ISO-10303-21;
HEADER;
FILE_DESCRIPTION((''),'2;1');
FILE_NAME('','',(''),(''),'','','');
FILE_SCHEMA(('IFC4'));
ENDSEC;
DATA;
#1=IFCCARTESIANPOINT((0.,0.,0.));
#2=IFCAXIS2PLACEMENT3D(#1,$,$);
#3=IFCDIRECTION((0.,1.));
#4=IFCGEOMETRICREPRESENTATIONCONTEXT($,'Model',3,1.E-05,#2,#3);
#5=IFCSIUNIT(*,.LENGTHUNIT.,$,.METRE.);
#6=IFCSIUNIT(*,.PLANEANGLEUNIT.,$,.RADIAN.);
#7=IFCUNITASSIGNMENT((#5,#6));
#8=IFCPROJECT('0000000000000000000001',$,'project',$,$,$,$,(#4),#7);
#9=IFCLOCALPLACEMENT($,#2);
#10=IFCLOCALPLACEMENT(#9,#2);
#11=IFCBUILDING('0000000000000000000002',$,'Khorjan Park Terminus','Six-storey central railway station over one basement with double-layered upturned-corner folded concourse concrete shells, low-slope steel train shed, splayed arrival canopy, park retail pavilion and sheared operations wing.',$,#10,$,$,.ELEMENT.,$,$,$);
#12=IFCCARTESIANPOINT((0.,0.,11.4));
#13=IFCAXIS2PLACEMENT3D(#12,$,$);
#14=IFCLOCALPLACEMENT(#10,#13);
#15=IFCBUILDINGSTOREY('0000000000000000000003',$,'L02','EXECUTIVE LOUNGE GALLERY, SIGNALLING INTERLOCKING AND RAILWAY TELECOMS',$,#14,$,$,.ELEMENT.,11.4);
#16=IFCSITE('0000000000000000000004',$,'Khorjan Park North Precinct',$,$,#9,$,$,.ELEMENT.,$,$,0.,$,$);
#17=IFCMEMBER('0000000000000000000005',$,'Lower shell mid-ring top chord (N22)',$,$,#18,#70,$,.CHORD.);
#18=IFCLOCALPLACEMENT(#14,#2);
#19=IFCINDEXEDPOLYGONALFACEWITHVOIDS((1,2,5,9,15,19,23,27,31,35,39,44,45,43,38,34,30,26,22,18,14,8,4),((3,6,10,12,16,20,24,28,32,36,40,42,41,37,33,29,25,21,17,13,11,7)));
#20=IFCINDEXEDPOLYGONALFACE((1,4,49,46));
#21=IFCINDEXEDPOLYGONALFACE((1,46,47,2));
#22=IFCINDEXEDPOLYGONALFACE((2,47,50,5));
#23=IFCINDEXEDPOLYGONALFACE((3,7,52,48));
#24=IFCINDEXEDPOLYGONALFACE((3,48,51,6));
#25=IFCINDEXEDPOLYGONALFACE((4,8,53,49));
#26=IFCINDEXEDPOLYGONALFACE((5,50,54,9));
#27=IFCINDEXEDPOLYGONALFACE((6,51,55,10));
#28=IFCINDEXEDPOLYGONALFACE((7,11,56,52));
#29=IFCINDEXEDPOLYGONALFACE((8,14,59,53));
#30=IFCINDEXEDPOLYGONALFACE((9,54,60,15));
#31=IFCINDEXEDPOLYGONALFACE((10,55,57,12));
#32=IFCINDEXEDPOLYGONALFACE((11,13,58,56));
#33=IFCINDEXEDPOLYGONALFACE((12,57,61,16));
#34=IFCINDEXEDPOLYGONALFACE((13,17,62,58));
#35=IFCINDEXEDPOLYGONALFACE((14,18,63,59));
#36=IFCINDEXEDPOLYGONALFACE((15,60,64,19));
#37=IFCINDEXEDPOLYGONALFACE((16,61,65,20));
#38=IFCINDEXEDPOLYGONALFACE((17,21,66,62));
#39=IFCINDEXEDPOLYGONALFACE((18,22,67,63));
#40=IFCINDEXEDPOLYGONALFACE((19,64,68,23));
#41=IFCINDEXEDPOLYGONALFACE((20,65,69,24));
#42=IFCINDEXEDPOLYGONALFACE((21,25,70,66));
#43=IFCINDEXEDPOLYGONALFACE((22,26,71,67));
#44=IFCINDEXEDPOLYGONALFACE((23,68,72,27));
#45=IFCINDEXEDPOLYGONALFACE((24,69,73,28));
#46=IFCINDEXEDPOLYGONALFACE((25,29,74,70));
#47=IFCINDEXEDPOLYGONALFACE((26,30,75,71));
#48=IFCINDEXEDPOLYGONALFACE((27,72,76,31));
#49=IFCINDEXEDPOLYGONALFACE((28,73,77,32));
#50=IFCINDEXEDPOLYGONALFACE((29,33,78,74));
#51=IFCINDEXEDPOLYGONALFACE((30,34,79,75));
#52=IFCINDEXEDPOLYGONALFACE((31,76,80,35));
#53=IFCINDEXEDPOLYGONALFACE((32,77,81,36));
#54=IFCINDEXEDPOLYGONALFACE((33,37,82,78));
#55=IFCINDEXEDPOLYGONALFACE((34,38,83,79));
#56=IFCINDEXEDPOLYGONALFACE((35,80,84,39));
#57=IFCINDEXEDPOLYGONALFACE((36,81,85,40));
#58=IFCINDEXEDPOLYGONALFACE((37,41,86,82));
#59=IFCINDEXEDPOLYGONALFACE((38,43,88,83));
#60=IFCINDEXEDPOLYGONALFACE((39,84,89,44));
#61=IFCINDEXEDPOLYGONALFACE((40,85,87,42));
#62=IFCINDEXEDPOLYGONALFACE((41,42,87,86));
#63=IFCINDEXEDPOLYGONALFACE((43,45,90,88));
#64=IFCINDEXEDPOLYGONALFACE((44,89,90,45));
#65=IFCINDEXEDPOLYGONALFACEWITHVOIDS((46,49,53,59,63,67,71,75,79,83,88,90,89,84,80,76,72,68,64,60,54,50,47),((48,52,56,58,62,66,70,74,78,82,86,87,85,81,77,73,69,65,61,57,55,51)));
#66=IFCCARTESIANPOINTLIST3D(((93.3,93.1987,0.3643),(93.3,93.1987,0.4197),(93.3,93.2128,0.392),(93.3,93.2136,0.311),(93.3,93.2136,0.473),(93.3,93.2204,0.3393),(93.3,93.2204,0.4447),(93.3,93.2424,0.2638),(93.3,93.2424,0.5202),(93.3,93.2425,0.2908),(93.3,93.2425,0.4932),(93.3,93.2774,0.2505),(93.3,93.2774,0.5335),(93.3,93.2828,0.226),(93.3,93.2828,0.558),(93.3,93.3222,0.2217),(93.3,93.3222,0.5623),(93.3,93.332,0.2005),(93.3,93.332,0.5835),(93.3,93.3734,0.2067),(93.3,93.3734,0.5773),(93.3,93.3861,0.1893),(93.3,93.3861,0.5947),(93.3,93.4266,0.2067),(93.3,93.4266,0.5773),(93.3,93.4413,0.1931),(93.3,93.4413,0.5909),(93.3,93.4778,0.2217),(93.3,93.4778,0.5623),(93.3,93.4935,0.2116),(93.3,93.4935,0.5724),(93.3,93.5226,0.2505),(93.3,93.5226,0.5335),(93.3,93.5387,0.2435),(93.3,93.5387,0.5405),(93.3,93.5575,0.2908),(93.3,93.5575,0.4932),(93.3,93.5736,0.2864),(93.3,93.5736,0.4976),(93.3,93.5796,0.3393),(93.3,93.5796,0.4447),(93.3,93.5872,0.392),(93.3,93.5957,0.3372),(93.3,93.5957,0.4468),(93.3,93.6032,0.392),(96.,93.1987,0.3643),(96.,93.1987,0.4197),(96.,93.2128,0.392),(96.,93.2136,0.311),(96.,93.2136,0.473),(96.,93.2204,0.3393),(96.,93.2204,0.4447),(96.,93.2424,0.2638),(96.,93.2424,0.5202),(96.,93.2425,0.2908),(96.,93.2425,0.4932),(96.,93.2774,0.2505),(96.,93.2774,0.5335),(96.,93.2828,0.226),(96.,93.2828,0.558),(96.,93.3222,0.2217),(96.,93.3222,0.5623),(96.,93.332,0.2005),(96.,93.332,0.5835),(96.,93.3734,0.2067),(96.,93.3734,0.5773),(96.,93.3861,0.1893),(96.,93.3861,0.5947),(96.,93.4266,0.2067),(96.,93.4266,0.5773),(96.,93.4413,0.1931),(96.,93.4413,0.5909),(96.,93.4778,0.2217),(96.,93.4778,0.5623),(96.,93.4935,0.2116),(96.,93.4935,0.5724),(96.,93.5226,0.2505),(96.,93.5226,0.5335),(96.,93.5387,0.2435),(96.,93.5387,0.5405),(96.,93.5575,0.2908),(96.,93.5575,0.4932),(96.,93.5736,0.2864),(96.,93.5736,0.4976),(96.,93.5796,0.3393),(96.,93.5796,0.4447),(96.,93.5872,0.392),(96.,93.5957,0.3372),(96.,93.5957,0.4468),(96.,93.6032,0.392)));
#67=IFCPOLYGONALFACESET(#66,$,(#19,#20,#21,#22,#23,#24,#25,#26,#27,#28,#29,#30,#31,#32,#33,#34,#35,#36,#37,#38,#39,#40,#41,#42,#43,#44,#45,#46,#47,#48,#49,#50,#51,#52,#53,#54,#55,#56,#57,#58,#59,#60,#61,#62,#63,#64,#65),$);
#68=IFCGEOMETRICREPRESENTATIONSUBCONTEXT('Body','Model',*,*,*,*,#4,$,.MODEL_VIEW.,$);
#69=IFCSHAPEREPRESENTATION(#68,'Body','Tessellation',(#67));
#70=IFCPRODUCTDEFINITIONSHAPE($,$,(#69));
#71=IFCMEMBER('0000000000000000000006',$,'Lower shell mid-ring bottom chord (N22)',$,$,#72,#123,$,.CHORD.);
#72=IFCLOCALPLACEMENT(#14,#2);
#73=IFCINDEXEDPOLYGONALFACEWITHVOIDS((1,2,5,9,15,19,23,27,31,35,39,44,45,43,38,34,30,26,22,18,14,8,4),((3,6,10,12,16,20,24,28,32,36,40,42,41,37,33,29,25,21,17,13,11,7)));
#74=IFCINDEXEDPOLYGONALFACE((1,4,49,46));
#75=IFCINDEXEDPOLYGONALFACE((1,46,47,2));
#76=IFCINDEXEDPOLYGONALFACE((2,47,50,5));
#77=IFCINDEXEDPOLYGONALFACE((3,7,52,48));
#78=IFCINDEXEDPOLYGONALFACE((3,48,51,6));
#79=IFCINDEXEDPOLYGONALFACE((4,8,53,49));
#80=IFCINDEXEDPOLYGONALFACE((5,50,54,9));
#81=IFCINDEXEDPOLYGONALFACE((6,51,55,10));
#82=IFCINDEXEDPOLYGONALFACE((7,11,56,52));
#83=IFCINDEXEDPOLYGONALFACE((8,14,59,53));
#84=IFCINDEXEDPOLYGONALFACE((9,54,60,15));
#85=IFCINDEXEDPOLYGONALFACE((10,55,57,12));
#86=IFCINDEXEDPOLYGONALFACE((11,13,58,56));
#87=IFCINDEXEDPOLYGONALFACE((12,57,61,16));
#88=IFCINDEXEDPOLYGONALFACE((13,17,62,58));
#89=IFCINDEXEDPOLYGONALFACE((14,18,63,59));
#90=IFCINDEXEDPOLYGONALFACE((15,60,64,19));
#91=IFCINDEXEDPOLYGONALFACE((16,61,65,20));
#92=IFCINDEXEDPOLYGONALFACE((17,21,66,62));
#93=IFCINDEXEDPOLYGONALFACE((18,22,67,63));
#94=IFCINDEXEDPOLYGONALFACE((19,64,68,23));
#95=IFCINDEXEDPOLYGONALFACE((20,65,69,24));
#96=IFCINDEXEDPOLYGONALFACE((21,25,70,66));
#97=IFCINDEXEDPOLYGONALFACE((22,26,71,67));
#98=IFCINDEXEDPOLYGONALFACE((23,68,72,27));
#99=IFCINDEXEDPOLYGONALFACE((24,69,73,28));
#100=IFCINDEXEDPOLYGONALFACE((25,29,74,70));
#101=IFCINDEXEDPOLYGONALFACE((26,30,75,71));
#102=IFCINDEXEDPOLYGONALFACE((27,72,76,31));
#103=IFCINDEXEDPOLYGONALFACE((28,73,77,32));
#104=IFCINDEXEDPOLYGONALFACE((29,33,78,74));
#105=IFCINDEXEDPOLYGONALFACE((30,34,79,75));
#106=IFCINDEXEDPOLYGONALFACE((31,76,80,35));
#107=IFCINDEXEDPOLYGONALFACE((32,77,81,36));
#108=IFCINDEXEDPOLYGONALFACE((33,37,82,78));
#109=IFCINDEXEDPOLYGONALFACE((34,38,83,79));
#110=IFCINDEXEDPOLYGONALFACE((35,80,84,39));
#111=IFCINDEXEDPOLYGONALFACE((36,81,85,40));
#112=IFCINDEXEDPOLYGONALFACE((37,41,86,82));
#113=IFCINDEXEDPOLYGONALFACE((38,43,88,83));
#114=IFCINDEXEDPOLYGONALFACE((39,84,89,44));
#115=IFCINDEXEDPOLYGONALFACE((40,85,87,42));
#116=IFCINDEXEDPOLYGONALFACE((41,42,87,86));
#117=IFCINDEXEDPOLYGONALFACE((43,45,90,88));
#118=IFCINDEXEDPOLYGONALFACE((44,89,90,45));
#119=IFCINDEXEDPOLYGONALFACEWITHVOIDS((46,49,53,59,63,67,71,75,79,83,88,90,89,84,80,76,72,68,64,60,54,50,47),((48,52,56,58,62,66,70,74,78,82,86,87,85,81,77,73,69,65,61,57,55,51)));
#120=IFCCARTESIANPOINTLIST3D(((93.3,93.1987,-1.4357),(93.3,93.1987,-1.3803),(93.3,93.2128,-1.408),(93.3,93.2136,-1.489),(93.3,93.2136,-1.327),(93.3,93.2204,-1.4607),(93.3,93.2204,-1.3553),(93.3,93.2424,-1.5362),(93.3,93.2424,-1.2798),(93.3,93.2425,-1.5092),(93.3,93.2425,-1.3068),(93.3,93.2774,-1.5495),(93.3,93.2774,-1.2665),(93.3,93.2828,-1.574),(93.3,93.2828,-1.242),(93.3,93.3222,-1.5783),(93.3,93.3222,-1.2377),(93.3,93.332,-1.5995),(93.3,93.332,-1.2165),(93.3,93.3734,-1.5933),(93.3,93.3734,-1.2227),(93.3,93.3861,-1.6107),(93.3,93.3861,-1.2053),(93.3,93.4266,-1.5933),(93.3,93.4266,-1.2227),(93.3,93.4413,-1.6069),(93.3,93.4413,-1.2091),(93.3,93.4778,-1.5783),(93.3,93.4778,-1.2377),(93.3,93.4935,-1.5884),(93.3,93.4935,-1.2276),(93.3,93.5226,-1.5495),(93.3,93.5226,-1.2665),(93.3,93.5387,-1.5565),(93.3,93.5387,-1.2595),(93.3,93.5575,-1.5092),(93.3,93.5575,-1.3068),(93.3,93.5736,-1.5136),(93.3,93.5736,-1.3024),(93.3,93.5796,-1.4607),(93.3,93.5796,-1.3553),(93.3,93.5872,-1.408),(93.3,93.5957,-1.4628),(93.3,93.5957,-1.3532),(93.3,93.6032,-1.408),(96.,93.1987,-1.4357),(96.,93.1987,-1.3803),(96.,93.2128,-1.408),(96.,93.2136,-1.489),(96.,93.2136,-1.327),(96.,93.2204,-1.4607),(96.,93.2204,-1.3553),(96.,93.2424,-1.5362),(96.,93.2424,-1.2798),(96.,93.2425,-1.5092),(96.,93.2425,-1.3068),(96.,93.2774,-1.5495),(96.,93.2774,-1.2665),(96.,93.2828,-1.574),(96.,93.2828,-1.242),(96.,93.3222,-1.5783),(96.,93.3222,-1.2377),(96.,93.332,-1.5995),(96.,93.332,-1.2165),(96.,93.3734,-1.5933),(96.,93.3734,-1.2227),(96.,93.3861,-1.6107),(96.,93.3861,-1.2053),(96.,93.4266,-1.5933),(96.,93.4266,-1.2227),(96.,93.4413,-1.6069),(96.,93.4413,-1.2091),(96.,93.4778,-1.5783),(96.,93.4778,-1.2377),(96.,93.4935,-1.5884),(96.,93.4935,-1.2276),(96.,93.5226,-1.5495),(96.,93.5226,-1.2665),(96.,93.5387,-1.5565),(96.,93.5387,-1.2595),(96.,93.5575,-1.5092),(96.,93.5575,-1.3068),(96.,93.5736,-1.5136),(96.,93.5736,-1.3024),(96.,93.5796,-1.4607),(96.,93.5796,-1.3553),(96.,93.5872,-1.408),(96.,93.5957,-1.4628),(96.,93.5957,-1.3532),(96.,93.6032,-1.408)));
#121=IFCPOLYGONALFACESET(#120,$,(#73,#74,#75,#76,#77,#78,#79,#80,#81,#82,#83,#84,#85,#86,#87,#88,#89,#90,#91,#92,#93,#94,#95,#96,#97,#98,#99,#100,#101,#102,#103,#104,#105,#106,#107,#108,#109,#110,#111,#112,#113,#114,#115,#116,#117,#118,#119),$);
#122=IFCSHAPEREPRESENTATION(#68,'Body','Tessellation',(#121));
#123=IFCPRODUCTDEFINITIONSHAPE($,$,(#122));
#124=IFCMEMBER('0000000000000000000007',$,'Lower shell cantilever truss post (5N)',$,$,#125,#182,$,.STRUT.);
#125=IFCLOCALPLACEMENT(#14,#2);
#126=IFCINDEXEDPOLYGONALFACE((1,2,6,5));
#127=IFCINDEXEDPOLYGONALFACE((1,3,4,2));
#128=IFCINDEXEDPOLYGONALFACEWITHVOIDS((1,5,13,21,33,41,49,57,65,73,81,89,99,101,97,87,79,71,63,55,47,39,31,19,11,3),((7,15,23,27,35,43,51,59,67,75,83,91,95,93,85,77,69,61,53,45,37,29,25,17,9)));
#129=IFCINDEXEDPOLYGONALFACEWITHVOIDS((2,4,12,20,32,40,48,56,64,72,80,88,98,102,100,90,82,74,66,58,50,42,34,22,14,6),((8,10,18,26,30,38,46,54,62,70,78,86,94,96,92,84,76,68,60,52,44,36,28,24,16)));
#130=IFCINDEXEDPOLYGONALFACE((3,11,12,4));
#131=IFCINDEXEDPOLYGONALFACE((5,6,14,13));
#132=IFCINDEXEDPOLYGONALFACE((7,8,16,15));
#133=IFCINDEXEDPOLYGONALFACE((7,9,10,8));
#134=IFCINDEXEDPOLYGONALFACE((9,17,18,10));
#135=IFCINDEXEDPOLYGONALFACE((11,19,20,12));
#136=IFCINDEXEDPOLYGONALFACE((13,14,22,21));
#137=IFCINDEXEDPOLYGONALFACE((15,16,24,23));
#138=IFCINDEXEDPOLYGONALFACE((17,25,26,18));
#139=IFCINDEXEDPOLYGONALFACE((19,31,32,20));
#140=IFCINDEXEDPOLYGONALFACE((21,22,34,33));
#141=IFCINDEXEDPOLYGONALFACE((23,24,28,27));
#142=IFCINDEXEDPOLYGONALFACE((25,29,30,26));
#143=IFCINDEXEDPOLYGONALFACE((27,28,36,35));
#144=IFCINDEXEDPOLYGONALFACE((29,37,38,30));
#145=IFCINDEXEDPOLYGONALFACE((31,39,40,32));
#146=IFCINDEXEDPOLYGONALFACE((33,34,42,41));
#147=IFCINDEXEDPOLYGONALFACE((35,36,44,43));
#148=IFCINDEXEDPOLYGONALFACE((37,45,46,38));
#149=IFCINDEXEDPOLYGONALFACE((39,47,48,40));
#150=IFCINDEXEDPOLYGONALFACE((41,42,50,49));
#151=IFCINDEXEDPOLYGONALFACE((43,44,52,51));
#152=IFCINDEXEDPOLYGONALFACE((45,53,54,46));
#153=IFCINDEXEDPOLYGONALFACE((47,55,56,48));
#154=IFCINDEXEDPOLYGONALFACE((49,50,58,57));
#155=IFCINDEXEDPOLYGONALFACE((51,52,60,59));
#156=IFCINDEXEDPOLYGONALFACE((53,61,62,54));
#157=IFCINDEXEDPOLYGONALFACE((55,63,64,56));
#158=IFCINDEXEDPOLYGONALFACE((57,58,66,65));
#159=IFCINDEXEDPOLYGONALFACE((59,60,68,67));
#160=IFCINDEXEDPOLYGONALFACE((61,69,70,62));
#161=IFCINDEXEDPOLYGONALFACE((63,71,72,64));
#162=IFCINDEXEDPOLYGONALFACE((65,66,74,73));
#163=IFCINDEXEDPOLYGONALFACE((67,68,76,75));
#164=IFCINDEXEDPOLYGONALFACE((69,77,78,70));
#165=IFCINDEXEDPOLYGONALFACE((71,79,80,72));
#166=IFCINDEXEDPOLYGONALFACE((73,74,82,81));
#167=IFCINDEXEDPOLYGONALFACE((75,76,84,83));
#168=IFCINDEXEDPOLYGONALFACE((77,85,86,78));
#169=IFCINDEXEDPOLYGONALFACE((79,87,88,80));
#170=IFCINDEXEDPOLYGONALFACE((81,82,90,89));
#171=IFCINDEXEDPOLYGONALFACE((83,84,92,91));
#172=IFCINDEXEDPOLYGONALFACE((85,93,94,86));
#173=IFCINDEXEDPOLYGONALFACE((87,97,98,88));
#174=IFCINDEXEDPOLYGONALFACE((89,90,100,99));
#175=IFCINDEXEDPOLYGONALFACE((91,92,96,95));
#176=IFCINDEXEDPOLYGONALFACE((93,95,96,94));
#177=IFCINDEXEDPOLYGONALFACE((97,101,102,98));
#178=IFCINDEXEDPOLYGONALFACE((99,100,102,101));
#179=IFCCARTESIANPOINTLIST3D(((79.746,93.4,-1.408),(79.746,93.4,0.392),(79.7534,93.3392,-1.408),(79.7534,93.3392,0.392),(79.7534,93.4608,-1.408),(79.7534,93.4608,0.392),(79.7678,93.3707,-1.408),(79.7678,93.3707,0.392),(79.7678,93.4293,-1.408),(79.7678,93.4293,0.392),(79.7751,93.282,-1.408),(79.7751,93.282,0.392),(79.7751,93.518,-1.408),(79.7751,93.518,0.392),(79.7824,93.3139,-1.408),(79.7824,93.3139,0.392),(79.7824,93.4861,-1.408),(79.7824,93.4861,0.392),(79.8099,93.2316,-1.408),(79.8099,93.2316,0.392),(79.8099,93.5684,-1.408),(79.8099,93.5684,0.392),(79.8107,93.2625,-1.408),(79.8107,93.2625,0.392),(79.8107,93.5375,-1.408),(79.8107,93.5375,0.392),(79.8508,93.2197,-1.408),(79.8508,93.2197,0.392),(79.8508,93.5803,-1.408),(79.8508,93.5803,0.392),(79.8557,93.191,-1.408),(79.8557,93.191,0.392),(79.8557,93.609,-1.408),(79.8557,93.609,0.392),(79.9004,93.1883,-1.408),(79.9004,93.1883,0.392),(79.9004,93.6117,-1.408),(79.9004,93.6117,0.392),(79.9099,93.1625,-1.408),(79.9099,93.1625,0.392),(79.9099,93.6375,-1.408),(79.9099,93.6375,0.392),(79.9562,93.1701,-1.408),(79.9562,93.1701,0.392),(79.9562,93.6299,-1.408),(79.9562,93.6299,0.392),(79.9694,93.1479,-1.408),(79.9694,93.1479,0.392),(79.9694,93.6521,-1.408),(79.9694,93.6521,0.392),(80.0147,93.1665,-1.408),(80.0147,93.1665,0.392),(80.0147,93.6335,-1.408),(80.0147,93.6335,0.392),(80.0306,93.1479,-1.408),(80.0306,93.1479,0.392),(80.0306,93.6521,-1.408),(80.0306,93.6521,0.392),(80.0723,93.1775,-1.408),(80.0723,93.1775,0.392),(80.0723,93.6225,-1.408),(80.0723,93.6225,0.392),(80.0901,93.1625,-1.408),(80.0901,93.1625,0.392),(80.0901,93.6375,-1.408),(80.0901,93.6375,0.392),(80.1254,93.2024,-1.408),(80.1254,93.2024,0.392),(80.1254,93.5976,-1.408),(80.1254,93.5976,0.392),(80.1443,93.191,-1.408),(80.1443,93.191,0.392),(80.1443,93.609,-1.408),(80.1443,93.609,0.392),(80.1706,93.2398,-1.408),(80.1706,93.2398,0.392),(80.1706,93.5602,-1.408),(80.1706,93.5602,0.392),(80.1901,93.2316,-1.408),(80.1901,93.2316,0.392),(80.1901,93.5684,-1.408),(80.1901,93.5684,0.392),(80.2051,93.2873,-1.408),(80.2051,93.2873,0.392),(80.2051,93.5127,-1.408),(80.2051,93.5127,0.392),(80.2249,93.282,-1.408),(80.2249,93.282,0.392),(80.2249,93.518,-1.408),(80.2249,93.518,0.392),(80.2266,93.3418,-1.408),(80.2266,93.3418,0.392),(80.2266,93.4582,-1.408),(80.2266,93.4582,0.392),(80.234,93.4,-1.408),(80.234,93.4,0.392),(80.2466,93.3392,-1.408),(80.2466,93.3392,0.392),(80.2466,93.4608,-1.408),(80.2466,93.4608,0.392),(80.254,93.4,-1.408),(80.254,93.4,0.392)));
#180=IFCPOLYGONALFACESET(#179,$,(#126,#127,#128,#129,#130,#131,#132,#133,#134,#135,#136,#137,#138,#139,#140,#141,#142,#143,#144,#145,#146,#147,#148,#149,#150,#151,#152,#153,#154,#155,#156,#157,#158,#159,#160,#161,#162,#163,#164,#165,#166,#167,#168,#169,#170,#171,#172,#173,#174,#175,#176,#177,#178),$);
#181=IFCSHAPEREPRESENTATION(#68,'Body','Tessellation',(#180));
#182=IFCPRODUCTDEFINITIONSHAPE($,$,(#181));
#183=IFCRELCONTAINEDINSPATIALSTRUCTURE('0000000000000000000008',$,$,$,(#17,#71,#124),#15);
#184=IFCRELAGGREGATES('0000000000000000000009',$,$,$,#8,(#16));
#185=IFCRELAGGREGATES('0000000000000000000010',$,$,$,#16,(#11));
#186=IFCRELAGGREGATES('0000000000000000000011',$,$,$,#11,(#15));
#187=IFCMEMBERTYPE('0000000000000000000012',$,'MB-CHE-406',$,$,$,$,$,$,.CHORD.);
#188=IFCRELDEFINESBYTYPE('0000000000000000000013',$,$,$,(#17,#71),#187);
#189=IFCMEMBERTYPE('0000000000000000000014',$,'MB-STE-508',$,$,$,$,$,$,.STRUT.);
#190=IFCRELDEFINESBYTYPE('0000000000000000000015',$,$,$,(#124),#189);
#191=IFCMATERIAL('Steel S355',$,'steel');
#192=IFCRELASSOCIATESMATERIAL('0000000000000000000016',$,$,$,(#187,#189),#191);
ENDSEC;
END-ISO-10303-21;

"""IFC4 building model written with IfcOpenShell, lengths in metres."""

from ifc_helpers import new_model, si_unit, direction, frame, origin, origin_2d, place, context, subcontext, project, spatial, hollow_circle, extrude, material, material_profile, profile_set, type_object, element, save


model = new_model("IFC4")

# Units and contexts
model_context = context("Model", 3, precision=1e-05, world=origin(), true_north=direction((0.0, 1.0)))
body_context = subcontext(model_context, "Body", "Model", "MODEL_VIEW")
ifc_project = project(units=[si_unit("LENGTHUNIT", "METRE"), si_unit("PLANEANGLEUNIT", "RADIAN")], contexts=[model_context])

# Site, building, storey
site_placement = place(None, origin())
site = spatial("IfcSite", under=ifc_project, at=site_placement, Name="Khorjan Park North Precinct", CompositionType="ELEMENT", RefElevation=0.0)
building_placement = place(site_placement, origin())
building = spatial("IfcBuilding", under=site, at=building_placement, Name="Khorjan Park Terminus", Description="Six-storey central railway station over one basement with double-layered upturned-corner folded concourse concrete shells, low-slope steel train shed, splayed arrival canopy, park retail pavilion and sheared operations wing.", CompositionType="ELEMENT")
storey_placement = place(building_placement, frame((0.0, 0.0, 11.4)))
storey = spatial("IfcBuildingStorey", under=building, at=storey_placement, Name="L02", Description="EXECUTIVE LOUNGE GALLERY, SIGNALLING INTERLOCKING AND RAILWAY TELECOMS", CompositionType="ELEMENT", Elevation=11.4)

# Members
ifc_material_1 = material(Name="Steel S355", Category="steel")
ifc_material_profile_1 = material_profile(ifc_material_1, hollow_circle(Radius=0.2032, WallThickness=0.016, at=origin_2d()), Name="CHS 406.4x16")
ifc_profile_set_1 = profile_set([ifc_material_profile_1], Name="Steel S355")
member_type_1 = type_object("IfcMemberType", Name="MB-CHE-406", PredefinedType="CHORD", material=ifc_profile_set_1)
for number, where, z_axis, x_axis, name in (
    (1, (93.3, 93.4, 0.392), (1.0, 0.0, 0.0), (0.0, 1.0, 0.0), "Lower shell mid-ring top chord (N22)"),
    (2, (93.3, 93.4, -1.408), (1.0, 0.0, 0.0), (0.0, 1.0, 0.0), "Lower shell mid-ring bottom chord (N22)"),
):
    element("IfcMember", number, at=place(storey_placement, frame(where, z_axis=z_axis, x_axis=x_axis)), inside=storey, type_object=member_type_1, Name=name, PredefinedType="CHORD", context=body_context, shape_type="SweptSolid", body=[
        extrude(hollow_circle(Radius=0.2032, WallThickness=0.016, at=origin_2d()), origin(), (0.0, 0.0, 1.0), 2.7),
    ])
ifc_material_profile_2 = material_profile(ifc_material_1, hollow_circle(Radius=0.254, WallThickness=0.02, at=origin_2d()), Name="CHS 508x20")
ifc_profile_set_2 = profile_set([ifc_material_profile_2], Name="Steel S355")
member_type_2 = type_object("IfcMemberType", Name="MB-STE-508", PredefinedType="STRUT", material=ifc_profile_set_2)
for number, where, z_axis, x_axis, name in (
    (3, (80.0, 93.4, -1.408), (0.0, 0.0, 1.0), (1.0, 0.0, 0.0), "Lower shell cantilever truss post (5N)"),
):
    element("IfcMember", number, at=place(storey_placement, frame(where, z_axis=z_axis, x_axis=x_axis)), inside=storey, type_object=member_type_2, Name=name, PredefinedType="STRUT", context=body_context, shape_type="SweptSolid", body=[
        extrude(hollow_circle(Radius=0.254, WallThickness=0.02, at=origin_2d()), origin(), (0.0, 0.0, 1.0), 1.8),
    ])

save(model, "model.ifc")
